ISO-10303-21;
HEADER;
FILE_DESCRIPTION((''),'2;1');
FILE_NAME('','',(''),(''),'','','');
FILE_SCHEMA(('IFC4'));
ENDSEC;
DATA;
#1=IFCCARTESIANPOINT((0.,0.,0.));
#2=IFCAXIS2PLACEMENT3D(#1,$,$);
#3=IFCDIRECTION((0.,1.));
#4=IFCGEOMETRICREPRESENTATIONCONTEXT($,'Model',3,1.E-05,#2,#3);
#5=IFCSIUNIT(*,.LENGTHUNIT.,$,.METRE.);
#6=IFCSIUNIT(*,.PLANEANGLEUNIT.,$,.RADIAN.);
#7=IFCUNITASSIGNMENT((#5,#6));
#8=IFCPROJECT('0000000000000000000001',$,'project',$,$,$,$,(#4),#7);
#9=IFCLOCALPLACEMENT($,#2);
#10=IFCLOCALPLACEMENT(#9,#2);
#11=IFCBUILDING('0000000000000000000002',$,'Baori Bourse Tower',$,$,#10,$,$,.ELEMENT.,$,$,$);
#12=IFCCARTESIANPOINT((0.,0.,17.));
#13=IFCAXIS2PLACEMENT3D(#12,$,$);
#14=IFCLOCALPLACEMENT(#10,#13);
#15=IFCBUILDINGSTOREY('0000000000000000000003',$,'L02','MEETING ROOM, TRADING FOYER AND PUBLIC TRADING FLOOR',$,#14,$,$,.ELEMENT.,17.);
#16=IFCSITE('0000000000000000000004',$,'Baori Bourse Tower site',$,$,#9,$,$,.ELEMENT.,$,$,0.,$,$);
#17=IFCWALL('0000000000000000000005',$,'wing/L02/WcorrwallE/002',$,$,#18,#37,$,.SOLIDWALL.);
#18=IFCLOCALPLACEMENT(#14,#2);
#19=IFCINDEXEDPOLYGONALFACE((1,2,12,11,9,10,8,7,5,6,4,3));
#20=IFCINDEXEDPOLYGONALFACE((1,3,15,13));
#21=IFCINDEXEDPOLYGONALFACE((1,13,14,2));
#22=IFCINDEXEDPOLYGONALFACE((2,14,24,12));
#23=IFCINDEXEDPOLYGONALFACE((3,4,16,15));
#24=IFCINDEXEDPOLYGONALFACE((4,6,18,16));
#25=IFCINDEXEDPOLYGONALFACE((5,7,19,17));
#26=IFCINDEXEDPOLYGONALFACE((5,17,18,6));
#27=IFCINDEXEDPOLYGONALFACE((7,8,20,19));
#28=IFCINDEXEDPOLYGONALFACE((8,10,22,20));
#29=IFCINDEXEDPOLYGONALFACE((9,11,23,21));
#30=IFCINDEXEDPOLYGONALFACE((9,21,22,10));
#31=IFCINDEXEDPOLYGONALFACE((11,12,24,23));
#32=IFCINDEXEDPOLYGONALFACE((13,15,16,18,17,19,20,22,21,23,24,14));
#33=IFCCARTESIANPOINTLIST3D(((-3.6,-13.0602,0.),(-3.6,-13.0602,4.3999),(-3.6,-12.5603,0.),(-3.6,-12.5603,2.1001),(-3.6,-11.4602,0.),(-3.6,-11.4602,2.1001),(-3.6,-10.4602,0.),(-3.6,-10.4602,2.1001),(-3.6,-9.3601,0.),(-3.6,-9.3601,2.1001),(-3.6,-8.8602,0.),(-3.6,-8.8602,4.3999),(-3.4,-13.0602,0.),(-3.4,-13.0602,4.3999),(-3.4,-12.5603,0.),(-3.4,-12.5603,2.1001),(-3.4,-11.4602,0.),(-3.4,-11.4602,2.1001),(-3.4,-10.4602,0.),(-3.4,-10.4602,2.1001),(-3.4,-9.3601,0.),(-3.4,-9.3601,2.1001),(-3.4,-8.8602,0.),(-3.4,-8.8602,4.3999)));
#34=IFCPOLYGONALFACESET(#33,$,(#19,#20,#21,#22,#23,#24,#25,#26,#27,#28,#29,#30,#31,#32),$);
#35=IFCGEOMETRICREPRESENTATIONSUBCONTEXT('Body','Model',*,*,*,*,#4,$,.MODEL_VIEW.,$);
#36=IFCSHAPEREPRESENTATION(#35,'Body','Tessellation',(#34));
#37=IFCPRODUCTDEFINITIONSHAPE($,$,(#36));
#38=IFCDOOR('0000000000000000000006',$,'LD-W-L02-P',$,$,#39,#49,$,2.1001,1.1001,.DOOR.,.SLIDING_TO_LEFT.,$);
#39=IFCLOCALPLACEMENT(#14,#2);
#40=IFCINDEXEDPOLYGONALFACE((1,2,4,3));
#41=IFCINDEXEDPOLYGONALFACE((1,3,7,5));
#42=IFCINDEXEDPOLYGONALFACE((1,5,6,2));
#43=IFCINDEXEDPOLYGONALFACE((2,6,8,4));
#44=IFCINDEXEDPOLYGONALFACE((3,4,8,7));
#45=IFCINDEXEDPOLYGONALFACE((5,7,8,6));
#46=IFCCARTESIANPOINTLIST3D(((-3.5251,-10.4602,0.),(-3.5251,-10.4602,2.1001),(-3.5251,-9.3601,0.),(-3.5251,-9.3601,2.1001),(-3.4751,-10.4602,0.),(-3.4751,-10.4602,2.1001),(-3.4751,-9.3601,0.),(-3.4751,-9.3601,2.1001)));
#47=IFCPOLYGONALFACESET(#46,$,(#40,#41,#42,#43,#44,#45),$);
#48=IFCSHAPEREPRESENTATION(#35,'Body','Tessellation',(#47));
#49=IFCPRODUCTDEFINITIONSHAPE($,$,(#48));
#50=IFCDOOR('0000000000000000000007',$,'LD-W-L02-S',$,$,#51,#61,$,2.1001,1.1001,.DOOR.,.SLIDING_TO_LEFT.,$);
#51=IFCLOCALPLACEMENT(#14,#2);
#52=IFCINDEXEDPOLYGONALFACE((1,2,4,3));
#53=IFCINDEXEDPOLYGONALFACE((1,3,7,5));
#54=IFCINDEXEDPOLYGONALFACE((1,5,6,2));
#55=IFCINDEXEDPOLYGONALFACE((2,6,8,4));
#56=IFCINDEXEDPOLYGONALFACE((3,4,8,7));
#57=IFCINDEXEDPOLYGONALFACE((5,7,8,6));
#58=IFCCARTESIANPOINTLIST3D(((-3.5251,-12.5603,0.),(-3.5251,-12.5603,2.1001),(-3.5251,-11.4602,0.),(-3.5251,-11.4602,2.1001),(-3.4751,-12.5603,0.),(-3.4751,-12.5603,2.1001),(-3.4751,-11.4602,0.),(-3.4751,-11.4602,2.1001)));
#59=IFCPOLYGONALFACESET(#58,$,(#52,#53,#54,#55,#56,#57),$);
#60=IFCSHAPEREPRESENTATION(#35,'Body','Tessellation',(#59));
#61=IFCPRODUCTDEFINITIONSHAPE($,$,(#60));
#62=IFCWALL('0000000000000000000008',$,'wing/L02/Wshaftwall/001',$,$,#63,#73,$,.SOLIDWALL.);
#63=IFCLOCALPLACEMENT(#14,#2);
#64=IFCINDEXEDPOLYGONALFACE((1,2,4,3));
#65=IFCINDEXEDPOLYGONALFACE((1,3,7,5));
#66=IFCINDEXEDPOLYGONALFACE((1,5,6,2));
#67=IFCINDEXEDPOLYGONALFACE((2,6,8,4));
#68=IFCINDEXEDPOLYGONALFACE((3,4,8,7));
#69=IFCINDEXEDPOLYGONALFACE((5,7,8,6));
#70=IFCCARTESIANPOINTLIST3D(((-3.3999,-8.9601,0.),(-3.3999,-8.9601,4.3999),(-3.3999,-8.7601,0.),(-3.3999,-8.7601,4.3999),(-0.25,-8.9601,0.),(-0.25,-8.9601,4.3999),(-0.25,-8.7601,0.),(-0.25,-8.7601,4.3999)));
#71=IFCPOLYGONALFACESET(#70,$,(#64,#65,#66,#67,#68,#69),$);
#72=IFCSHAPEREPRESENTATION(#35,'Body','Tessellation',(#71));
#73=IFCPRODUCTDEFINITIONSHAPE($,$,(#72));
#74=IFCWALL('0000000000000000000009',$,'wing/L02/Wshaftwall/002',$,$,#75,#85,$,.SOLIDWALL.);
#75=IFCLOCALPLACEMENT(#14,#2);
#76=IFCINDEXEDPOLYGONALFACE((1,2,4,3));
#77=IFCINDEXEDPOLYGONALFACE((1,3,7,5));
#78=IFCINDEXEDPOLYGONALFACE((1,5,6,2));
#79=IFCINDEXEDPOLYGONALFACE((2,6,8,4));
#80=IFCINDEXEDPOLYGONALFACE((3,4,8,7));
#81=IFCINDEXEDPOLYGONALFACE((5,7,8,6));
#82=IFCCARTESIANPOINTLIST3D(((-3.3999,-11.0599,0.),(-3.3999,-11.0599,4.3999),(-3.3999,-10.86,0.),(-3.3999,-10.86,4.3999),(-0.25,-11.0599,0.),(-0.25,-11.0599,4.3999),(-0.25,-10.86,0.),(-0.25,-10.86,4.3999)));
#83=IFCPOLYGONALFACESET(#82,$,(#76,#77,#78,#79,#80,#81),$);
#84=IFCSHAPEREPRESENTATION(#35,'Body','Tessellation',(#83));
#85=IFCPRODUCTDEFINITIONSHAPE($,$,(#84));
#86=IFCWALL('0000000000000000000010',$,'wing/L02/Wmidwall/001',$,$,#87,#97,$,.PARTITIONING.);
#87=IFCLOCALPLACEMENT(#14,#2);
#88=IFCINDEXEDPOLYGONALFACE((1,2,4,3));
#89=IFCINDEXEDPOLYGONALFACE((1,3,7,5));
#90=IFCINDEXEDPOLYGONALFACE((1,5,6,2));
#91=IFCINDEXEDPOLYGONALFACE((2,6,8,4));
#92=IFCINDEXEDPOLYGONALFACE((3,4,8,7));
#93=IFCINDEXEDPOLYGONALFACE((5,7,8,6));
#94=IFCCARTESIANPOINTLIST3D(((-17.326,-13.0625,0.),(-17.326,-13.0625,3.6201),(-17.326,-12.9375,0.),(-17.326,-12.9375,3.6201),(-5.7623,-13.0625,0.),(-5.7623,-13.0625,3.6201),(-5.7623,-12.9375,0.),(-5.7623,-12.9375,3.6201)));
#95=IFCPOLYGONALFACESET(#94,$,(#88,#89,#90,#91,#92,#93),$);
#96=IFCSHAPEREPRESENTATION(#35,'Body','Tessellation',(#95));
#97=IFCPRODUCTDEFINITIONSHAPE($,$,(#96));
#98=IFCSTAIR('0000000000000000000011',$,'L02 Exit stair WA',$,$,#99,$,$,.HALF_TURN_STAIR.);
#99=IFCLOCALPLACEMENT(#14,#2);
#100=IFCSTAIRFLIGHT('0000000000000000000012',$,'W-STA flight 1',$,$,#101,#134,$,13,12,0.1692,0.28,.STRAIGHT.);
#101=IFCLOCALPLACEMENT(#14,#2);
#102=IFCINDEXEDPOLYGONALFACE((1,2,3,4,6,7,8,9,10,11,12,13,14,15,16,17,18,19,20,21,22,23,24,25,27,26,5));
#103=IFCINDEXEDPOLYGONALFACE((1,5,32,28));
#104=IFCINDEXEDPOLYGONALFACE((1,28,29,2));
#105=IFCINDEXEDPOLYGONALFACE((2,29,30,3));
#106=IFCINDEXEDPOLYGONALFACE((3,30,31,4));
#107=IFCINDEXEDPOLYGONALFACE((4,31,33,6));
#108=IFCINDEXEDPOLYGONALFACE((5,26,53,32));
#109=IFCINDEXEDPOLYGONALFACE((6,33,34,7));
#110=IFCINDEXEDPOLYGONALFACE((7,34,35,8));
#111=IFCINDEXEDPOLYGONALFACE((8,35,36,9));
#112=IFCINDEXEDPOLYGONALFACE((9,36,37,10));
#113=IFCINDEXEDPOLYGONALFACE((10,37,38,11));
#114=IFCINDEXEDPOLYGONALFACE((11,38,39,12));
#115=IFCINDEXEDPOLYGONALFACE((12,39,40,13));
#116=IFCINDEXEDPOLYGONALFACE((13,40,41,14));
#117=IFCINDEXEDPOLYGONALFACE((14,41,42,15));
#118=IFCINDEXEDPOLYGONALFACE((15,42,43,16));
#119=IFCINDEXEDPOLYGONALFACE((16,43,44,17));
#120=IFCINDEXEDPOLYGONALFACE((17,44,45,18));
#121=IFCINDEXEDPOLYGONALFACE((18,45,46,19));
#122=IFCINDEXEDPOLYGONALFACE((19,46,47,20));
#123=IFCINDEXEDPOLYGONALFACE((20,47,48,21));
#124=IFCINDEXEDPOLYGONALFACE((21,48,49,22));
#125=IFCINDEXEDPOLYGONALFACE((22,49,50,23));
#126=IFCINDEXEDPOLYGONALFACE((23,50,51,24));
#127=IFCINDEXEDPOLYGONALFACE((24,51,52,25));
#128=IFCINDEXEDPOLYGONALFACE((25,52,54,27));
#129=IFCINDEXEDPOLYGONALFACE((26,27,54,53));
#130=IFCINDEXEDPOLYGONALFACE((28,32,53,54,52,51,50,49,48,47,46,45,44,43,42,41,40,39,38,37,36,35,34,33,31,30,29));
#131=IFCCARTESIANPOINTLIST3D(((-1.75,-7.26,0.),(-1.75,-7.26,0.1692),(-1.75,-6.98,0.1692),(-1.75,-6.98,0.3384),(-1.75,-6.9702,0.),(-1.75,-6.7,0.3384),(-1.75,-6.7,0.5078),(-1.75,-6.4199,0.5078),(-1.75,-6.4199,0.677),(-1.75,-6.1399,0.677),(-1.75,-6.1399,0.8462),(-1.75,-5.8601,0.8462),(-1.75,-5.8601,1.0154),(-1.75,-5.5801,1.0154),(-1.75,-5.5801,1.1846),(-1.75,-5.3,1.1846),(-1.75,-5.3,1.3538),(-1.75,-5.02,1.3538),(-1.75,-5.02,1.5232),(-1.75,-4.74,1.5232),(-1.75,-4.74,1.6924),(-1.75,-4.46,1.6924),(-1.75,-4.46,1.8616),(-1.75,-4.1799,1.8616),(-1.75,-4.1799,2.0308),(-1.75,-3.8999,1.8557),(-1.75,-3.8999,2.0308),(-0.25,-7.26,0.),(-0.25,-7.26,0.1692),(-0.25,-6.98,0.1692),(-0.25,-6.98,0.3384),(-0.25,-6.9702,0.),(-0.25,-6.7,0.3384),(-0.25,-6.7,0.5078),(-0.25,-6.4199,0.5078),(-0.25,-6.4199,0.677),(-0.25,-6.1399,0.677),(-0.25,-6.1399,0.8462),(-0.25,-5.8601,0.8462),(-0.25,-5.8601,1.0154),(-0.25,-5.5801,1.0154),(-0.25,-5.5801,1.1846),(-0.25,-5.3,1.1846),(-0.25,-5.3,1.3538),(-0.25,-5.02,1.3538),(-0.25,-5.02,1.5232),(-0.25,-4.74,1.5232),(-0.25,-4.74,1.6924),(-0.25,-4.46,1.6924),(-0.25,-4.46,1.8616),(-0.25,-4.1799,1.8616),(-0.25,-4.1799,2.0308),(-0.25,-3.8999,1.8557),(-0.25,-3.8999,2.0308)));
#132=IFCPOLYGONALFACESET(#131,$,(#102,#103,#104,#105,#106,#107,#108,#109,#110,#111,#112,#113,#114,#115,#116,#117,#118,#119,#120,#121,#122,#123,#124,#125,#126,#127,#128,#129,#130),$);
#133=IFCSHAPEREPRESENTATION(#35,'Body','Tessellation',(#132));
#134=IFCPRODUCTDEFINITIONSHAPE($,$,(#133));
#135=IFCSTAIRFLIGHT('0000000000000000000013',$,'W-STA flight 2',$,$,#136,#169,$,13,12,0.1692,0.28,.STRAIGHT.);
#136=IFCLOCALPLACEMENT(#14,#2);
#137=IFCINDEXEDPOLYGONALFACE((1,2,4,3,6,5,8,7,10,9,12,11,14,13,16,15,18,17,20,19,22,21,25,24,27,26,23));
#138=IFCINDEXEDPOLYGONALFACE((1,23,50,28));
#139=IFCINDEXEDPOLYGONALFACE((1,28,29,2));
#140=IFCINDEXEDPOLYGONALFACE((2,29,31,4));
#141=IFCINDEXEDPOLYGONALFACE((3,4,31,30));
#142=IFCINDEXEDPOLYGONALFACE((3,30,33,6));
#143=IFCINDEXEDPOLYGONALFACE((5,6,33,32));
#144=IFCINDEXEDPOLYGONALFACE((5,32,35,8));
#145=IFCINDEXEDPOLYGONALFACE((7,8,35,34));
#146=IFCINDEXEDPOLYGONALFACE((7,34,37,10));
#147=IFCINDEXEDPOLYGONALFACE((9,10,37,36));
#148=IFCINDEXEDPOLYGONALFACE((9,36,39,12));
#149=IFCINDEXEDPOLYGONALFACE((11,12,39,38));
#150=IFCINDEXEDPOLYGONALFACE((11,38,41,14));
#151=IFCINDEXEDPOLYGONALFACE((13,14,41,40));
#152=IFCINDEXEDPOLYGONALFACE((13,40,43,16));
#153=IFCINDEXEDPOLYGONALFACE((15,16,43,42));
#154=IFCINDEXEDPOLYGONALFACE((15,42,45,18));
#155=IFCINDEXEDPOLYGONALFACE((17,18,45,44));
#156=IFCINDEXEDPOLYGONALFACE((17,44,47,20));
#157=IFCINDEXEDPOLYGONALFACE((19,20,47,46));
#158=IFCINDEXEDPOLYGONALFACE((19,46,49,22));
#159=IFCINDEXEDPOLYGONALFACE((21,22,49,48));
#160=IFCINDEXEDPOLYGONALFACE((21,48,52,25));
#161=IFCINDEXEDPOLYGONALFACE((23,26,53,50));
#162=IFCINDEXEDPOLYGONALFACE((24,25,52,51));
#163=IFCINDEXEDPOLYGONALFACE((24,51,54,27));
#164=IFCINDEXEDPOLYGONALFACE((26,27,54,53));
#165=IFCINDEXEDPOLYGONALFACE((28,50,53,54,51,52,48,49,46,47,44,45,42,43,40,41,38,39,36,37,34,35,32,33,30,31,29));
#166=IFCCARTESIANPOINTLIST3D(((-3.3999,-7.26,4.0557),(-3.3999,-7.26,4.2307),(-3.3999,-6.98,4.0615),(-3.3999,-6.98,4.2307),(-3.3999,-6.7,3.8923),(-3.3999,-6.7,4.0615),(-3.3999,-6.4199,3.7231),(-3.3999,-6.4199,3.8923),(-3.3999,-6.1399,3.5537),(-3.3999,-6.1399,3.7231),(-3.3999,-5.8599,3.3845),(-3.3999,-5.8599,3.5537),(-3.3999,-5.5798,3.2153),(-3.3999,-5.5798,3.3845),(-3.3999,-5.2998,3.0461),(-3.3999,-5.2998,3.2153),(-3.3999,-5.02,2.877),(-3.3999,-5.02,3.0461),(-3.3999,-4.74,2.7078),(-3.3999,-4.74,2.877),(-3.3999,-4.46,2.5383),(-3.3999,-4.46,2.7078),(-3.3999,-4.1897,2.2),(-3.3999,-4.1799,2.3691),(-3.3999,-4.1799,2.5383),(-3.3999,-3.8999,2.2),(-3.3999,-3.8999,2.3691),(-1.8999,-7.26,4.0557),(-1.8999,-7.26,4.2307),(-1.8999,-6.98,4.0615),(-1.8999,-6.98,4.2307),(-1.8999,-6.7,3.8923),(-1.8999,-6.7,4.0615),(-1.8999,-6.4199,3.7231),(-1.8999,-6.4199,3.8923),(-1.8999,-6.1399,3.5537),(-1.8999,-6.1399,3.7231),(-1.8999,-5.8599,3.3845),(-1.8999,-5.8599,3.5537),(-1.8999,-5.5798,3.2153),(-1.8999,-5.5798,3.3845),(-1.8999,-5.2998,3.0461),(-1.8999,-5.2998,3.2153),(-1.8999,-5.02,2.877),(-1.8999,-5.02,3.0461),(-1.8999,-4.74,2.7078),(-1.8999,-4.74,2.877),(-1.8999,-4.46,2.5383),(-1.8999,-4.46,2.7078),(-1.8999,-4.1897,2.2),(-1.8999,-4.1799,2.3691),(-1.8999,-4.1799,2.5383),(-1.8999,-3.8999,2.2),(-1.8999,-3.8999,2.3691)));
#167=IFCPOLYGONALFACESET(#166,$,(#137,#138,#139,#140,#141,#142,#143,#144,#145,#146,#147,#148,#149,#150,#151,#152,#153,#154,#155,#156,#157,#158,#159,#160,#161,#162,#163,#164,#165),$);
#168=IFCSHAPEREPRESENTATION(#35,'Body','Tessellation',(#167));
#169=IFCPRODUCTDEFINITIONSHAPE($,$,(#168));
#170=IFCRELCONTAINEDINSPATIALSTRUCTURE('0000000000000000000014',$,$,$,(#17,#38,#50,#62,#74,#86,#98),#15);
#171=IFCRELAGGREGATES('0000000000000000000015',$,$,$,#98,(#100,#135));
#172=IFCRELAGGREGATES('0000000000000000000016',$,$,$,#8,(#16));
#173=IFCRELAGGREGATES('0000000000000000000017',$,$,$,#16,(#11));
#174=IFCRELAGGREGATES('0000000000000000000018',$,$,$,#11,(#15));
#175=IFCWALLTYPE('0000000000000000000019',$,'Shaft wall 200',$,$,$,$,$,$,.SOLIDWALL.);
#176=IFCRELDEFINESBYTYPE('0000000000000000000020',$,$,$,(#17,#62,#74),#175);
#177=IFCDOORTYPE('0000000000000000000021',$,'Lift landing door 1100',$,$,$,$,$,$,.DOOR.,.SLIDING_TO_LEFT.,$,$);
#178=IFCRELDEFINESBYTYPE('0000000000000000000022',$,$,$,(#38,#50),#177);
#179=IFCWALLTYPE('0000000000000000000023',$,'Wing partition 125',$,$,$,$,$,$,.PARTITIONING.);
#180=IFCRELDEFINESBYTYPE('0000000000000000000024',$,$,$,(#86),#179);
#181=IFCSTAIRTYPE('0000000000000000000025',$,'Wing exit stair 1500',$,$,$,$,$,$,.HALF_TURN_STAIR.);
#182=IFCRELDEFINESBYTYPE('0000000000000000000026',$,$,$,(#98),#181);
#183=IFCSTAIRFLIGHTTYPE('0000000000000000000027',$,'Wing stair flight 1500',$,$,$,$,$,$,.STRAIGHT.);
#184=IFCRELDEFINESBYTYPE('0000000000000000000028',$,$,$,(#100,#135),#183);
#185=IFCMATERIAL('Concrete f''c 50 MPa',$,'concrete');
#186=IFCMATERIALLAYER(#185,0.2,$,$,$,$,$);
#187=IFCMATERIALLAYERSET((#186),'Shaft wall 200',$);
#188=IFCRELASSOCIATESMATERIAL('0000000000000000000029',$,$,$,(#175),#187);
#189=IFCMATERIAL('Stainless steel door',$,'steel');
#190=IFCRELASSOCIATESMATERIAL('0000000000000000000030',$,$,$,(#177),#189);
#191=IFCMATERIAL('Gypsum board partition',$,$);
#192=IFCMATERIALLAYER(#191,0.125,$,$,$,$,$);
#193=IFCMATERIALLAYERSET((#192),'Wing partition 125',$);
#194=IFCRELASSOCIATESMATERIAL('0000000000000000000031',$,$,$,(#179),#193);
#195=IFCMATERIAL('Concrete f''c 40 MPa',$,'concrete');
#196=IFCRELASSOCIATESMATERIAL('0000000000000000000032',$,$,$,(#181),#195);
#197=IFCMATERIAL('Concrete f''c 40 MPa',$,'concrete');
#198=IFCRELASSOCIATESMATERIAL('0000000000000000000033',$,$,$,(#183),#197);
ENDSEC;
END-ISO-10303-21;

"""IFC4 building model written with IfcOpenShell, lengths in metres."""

from ifc_helpers import new_model, si_unit, direction, frame, frame_2d, origin, place, context, subcontext, project, spatial, polyline, rectangle, outline, extrude, material, layer, layer_set, type_object, element, fill, aggregate, save


model = new_model("IFC4")

# Units and contexts
model_context = context("Model", 3, precision=1e-05, world=origin(), true_north=direction((0.0, 1.0)))
body_context = subcontext(model_context, "Body", "Model", "MODEL_VIEW")
ifc_project = project(units=[si_unit("LENGTHUNIT", "METRE"), si_unit("PLANEANGLEUNIT", "RADIAN")], contexts=[model_context])

# Site, building, storey
site_placement = place(None, origin())
site = spatial("IfcSite", under=ifc_project, at=site_placement, Name="Baori Bourse Tower site", CompositionType="ELEMENT", RefElevation=0.0)
building_placement = place(site_placement, origin())
building = spatial("IfcBuilding", under=site, at=building_placement, Name="Baori Bourse Tower", CompositionType="ELEMENT")
storey_placement = place(building_placement, frame((0.0, 0.0, 17.0)))
storey = spatial("IfcBuildingStorey", under=building, at=storey_placement, Name="L02", Description="MEETING ROOM, TRADING FOYER AND PUBLIC TRADING FLOOR", CompositionType="ELEMENT", Elevation=17.0)

# Wall, openings, doors
ifc_material_1 = material(Name="Concrete f'c 50 MPa", Category="concrete")
ifc_layer_1 = layer(ifc_material_1, 0.2)
ifc_layer_set_1 = layer_set([ifc_layer_1], Name="Shaft wall 200")
wall_type_1 = type_object("IfcWallType", Name="Shaft wall 200", PredefinedType="SOLIDWALL", material=ifc_layer_set_1)
wall_1_placement = place(storey_placement, frame((-3.5, -8.8601, 0.0), z_axis=(0.0, 0.0, 1.0), x_axis=(0.0, -1.0, 0.0)))
wall_1 = element("IfcWall", 1, at=wall_1_placement, inside=storey, type_object=wall_type_1, Name="wing/L02/WcorrwallE/002", PredefinedType="SOLIDWALL", context=body_context, shape_type="SweptSolid", body=[
    extrude(rectangle(XDim=4.2, YDim=0.2, at=frame_2d((2.1001, 0.0))), origin(), (0.0, 0.0, 1.0), 4.3999),
])
opening_1_placement = place(wall_1_placement, frame((0.5, 0.0, 0.0)))
opening_1 = element("IfcOpeningElement", 2, at=opening_1_placement, cuts=wall_1, PredefinedType="OPENING", context=body_context, shape_type="SweptSolid", body=[
    extrude(rectangle(XDim=1.1001, YDim=2.1001, at=frame_2d((0.55, 1.05))), frame((0.0, 0.1099, 0.0), z_axis=(0.0, -1.0, 0.0), x_axis=(1.0, 0.0, 0.0)), (0.0, 0.0, 1.0), 0.22),
])
opening_2_placement = place(wall_1_placement, frame((2.6001, 0.0, 0.0)))
opening_2 = element("IfcOpeningElement", 3, at=opening_2_placement, cuts=wall_1, PredefinedType="OPENING", context=body_context, shape_type="SweptSolid", body=[
    extrude(rectangle(XDim=1.1001, YDim=2.1001, at=frame_2d((0.55, 1.05))), frame((0.0, 0.1099, 0.0), z_axis=(0.0, -1.0, 0.0), x_axis=(1.0, 0.0, 0.0)), (0.0, 0.0, 1.0), 0.22),
])
ifc_material_2 = material(Name="Stainless steel door", Category="steel")
door_type = type_object("IfcDoorType", Name="Lift landing door 1100", OperationType="SLIDING_TO_LEFT", PredefinedType="DOOR", material=ifc_material_2)
door_1_placement = place(opening_1_placement, origin())
door_1 = element("IfcDoor", 4, at=door_1_placement, inside=storey, type_object=door_type, Name="LD-W-L02-P", OperationType="SLIDING_TO_LEFT", OverallHeight=2.1001, OverallWidth=1.1001, PredefinedType="DOOR", context=body_context, shape_type="SweptSolid", body=[
    extrude(rectangle(XDim=1.1001, YDim=2.1001, at=frame_2d((0.55, 1.05))), frame((0.0, 0.0249, 0.0), z_axis=(0.0, -1.0, 0.0), x_axis=(1.0, 0.0, 0.0)), (0.0, 0.0, 1.0), 0.05),
])
fill(opening_1, door_1)
door_2_placement = place(opening_2_placement, origin())
door_2 = element("IfcDoor", 5, at=door_2_placement, inside=storey, type_object=door_type, Name="LD-W-L02-S", OperationType="SLIDING_TO_LEFT", OverallHeight=2.1001, OverallWidth=1.1001, PredefinedType="DOOR", context=body_context, shape_type="SweptSolid", body=[
    extrude(rectangle(XDim=1.1001, YDim=2.1001, at=frame_2d((0.55, 1.05))), frame((0.0, 0.0249, 0.0), z_axis=(0.0, -1.0, 0.0), x_axis=(1.0, 0.0, 0.0)), (0.0, 0.0, 1.0), 0.05),
])
fill(opening_2, door_2)

# Walls
for number, where, z_axis, x_axis, name in (
    (6, (-3.3999, -8.8601, 0.0), (0.0, 0.0, 1.0), (1.0, 0.0, 0.0), "wing/L02/Wshaftwall/001"),
    (7, (-3.3999, -10.96, 0.0), (0.0, 0.0, 1.0), (1.0, 0.0, 0.0), "wing/L02/Wshaftwall/002"),
):
    element("IfcWall", number, at=place(storey_placement, frame(where, z_axis=z_axis, x_axis=x_axis)), inside=storey, type_object=wall_type_1, Name=name, PredefinedType="SOLIDWALL", context=body_context, shape_type="SweptSolid", body=[
        extrude(rectangle(XDim=3.1499, YDim=0.2, at=frame_2d((1.575, 0.0))), origin(), (0.0, 0.0, 1.0), 4.3999),
    ])
ifc_material_3 = material(Name="Gypsum board partition")
ifc_layer_2 = layer(ifc_material_3, 0.125)
ifc_layer_set_2 = layer_set([ifc_layer_2], Name="Wing partition 125")
wall_type_2 = type_object("IfcWallType", Name="Wing partition 125", PredefinedType="PARTITIONING", material=ifc_layer_set_2)
wall_2_placement = place(storey_placement, frame((-5.7625, -13.0, 0.0), z_axis=(0.0, 0.0, 1.0), x_axis=(-1.0, 0.0, 0.0)))
element("IfcWall", 8, at=wall_2_placement, inside=storey, type_object=wall_type_2, Name="wing/L02/Wmidwall/001", PredefinedType="PARTITIONING", context=body_context, shape_type="SweptSolid", body=[
    extrude(rectangle(XDim=11.5637, YDim=0.125, at=frame_2d((5.7817, 0.0))), origin(), (0.0, 0.0, 1.0), 3.6201),
])

# Stair, stair flights
ifc_material_4 = material(Name="Concrete f'c 40 MPa", Category="concrete")
stair_type = type_object("IfcStairType", Name="Wing exit stair 1500", PredefinedType="HALF_TURN_STAIR", material=ifc_material_4)
stair_placement = place(storey_placement, origin())
stair = element("IfcStair", 9, at=stair_placement, inside=storey, type_object=stair_type, Name="L02 Exit stair WA", PredefinedType="HALF_TURN_STAIR")
ifc_material_5 = material(Name="Concrete f'c 40 MPa", Category="concrete")
stair_flight_type = type_object("IfcStairFlightType", Name="Wing stair flight 1500", PredefinedType="STRAIGHT", material=ifc_material_5)
stair_flight_1_placement = place(storey_placement, frame((-1.0, -7.26, 0.0), z_axis=(0.0, 0.0, 1.0), x_axis=(0.0, 1.0, 0.0)))
stair_flight_1 = element("IfcStairFlight", 10, at=stair_flight_1_placement, type_object=stair_flight_type, Name="W-STA flight 1", NumberOfRisers=13, NumberOfTreads=12, PredefinedType="STRAIGHT", RiserHeight=0.1692, TreadLength=0.28, context=body_context, shape_type="SweptSolid", body=[
    extrude(outline(polyline([(0.0, 0.0), (0.0, 0.1692), (0.28, 0.1692), (0.28, 0.3384), (0.5601, 0.3384), (0.5601, 0.5078), (0.8401, 0.5078), (0.8401, 0.677), (1.1201, 0.677), (1.1201, 0.8462), (1.3999, 0.8462), (1.3999, 1.0154), (1.6799, 1.0154), (1.6799, 1.1846), (1.96, 1.1846), (1.96, 1.3538), (2.24, 1.3538), (2.24, 1.5232), (2.52, 1.5232), (2.52, 1.6924), (2.8, 1.6924), (2.8, 1.8616), (3.0801, 1.8616), (3.0801, 2.0308), (3.3601, 2.0308), (3.3601, 2.2), (3.3601, 1.8557), (0.2898, 0.0), (0.0, 0.0)])), frame((0.0, 0.75, 0.0), z_axis=(0.0, -1.0, 0.0), x_axis=(1.0, 0.0, 0.0)), (0.0, 0.0, 1.0), 1.5),
])
stair_flight_2_placement = place(storey_placement, frame((-2.6499, -3.8999, 2.2), z_axis=(0.0, 0.0, 1.0), x_axis=(0.0, -1.0, 0.0)))
stair_flight_2 = element("IfcStairFlight", 11, at=stair_flight_2_placement, type_object=stair_flight_type, Name="W-STA flight 2", NumberOfRisers=13, NumberOfTreads=12, PredefinedType="STRAIGHT", RiserHeight=0.1692, TreadLength=0.28, context=body_context, shape_type="SweptSolid", body=[
    extrude(outline(polyline([(0.0, 0.0), (0.0, 0.1692), (0.28, 0.1692), (0.28, 0.3384), (0.5601, 0.3384), (0.5601, 0.5078), (0.8401, 0.5078), (0.8401, 0.677), (1.1201, 0.677), (1.1201, 0.8462), (1.3999, 0.8462), (1.3999, 1.0154), (1.6799, 1.0154), (1.6799, 1.1846), (1.96, 1.1846), (1.96, 1.3538), (2.24, 1.3538), (2.24, 1.5232), (2.52, 1.5232), (2.52, 1.6924), (2.8, 1.6924), (2.8, 1.8616), (3.0801, 1.8616), (3.0801, 2.0308), (3.3601, 2.0308), (3.3601, 2.2), (3.3601, 1.8557), (0.2898, 0.0), (0.0, 0.0)])), frame((0.0, 0.75, 0.0), z_axis=(0.0, -1.0, 0.0), x_axis=(1.0, 0.0, 0.0)), (0.0, 0.0, 1.0), 1.5),
])
aggregate(stair, [stair_flight_1, stair_flight_2])

save(model, "model.ifc")
